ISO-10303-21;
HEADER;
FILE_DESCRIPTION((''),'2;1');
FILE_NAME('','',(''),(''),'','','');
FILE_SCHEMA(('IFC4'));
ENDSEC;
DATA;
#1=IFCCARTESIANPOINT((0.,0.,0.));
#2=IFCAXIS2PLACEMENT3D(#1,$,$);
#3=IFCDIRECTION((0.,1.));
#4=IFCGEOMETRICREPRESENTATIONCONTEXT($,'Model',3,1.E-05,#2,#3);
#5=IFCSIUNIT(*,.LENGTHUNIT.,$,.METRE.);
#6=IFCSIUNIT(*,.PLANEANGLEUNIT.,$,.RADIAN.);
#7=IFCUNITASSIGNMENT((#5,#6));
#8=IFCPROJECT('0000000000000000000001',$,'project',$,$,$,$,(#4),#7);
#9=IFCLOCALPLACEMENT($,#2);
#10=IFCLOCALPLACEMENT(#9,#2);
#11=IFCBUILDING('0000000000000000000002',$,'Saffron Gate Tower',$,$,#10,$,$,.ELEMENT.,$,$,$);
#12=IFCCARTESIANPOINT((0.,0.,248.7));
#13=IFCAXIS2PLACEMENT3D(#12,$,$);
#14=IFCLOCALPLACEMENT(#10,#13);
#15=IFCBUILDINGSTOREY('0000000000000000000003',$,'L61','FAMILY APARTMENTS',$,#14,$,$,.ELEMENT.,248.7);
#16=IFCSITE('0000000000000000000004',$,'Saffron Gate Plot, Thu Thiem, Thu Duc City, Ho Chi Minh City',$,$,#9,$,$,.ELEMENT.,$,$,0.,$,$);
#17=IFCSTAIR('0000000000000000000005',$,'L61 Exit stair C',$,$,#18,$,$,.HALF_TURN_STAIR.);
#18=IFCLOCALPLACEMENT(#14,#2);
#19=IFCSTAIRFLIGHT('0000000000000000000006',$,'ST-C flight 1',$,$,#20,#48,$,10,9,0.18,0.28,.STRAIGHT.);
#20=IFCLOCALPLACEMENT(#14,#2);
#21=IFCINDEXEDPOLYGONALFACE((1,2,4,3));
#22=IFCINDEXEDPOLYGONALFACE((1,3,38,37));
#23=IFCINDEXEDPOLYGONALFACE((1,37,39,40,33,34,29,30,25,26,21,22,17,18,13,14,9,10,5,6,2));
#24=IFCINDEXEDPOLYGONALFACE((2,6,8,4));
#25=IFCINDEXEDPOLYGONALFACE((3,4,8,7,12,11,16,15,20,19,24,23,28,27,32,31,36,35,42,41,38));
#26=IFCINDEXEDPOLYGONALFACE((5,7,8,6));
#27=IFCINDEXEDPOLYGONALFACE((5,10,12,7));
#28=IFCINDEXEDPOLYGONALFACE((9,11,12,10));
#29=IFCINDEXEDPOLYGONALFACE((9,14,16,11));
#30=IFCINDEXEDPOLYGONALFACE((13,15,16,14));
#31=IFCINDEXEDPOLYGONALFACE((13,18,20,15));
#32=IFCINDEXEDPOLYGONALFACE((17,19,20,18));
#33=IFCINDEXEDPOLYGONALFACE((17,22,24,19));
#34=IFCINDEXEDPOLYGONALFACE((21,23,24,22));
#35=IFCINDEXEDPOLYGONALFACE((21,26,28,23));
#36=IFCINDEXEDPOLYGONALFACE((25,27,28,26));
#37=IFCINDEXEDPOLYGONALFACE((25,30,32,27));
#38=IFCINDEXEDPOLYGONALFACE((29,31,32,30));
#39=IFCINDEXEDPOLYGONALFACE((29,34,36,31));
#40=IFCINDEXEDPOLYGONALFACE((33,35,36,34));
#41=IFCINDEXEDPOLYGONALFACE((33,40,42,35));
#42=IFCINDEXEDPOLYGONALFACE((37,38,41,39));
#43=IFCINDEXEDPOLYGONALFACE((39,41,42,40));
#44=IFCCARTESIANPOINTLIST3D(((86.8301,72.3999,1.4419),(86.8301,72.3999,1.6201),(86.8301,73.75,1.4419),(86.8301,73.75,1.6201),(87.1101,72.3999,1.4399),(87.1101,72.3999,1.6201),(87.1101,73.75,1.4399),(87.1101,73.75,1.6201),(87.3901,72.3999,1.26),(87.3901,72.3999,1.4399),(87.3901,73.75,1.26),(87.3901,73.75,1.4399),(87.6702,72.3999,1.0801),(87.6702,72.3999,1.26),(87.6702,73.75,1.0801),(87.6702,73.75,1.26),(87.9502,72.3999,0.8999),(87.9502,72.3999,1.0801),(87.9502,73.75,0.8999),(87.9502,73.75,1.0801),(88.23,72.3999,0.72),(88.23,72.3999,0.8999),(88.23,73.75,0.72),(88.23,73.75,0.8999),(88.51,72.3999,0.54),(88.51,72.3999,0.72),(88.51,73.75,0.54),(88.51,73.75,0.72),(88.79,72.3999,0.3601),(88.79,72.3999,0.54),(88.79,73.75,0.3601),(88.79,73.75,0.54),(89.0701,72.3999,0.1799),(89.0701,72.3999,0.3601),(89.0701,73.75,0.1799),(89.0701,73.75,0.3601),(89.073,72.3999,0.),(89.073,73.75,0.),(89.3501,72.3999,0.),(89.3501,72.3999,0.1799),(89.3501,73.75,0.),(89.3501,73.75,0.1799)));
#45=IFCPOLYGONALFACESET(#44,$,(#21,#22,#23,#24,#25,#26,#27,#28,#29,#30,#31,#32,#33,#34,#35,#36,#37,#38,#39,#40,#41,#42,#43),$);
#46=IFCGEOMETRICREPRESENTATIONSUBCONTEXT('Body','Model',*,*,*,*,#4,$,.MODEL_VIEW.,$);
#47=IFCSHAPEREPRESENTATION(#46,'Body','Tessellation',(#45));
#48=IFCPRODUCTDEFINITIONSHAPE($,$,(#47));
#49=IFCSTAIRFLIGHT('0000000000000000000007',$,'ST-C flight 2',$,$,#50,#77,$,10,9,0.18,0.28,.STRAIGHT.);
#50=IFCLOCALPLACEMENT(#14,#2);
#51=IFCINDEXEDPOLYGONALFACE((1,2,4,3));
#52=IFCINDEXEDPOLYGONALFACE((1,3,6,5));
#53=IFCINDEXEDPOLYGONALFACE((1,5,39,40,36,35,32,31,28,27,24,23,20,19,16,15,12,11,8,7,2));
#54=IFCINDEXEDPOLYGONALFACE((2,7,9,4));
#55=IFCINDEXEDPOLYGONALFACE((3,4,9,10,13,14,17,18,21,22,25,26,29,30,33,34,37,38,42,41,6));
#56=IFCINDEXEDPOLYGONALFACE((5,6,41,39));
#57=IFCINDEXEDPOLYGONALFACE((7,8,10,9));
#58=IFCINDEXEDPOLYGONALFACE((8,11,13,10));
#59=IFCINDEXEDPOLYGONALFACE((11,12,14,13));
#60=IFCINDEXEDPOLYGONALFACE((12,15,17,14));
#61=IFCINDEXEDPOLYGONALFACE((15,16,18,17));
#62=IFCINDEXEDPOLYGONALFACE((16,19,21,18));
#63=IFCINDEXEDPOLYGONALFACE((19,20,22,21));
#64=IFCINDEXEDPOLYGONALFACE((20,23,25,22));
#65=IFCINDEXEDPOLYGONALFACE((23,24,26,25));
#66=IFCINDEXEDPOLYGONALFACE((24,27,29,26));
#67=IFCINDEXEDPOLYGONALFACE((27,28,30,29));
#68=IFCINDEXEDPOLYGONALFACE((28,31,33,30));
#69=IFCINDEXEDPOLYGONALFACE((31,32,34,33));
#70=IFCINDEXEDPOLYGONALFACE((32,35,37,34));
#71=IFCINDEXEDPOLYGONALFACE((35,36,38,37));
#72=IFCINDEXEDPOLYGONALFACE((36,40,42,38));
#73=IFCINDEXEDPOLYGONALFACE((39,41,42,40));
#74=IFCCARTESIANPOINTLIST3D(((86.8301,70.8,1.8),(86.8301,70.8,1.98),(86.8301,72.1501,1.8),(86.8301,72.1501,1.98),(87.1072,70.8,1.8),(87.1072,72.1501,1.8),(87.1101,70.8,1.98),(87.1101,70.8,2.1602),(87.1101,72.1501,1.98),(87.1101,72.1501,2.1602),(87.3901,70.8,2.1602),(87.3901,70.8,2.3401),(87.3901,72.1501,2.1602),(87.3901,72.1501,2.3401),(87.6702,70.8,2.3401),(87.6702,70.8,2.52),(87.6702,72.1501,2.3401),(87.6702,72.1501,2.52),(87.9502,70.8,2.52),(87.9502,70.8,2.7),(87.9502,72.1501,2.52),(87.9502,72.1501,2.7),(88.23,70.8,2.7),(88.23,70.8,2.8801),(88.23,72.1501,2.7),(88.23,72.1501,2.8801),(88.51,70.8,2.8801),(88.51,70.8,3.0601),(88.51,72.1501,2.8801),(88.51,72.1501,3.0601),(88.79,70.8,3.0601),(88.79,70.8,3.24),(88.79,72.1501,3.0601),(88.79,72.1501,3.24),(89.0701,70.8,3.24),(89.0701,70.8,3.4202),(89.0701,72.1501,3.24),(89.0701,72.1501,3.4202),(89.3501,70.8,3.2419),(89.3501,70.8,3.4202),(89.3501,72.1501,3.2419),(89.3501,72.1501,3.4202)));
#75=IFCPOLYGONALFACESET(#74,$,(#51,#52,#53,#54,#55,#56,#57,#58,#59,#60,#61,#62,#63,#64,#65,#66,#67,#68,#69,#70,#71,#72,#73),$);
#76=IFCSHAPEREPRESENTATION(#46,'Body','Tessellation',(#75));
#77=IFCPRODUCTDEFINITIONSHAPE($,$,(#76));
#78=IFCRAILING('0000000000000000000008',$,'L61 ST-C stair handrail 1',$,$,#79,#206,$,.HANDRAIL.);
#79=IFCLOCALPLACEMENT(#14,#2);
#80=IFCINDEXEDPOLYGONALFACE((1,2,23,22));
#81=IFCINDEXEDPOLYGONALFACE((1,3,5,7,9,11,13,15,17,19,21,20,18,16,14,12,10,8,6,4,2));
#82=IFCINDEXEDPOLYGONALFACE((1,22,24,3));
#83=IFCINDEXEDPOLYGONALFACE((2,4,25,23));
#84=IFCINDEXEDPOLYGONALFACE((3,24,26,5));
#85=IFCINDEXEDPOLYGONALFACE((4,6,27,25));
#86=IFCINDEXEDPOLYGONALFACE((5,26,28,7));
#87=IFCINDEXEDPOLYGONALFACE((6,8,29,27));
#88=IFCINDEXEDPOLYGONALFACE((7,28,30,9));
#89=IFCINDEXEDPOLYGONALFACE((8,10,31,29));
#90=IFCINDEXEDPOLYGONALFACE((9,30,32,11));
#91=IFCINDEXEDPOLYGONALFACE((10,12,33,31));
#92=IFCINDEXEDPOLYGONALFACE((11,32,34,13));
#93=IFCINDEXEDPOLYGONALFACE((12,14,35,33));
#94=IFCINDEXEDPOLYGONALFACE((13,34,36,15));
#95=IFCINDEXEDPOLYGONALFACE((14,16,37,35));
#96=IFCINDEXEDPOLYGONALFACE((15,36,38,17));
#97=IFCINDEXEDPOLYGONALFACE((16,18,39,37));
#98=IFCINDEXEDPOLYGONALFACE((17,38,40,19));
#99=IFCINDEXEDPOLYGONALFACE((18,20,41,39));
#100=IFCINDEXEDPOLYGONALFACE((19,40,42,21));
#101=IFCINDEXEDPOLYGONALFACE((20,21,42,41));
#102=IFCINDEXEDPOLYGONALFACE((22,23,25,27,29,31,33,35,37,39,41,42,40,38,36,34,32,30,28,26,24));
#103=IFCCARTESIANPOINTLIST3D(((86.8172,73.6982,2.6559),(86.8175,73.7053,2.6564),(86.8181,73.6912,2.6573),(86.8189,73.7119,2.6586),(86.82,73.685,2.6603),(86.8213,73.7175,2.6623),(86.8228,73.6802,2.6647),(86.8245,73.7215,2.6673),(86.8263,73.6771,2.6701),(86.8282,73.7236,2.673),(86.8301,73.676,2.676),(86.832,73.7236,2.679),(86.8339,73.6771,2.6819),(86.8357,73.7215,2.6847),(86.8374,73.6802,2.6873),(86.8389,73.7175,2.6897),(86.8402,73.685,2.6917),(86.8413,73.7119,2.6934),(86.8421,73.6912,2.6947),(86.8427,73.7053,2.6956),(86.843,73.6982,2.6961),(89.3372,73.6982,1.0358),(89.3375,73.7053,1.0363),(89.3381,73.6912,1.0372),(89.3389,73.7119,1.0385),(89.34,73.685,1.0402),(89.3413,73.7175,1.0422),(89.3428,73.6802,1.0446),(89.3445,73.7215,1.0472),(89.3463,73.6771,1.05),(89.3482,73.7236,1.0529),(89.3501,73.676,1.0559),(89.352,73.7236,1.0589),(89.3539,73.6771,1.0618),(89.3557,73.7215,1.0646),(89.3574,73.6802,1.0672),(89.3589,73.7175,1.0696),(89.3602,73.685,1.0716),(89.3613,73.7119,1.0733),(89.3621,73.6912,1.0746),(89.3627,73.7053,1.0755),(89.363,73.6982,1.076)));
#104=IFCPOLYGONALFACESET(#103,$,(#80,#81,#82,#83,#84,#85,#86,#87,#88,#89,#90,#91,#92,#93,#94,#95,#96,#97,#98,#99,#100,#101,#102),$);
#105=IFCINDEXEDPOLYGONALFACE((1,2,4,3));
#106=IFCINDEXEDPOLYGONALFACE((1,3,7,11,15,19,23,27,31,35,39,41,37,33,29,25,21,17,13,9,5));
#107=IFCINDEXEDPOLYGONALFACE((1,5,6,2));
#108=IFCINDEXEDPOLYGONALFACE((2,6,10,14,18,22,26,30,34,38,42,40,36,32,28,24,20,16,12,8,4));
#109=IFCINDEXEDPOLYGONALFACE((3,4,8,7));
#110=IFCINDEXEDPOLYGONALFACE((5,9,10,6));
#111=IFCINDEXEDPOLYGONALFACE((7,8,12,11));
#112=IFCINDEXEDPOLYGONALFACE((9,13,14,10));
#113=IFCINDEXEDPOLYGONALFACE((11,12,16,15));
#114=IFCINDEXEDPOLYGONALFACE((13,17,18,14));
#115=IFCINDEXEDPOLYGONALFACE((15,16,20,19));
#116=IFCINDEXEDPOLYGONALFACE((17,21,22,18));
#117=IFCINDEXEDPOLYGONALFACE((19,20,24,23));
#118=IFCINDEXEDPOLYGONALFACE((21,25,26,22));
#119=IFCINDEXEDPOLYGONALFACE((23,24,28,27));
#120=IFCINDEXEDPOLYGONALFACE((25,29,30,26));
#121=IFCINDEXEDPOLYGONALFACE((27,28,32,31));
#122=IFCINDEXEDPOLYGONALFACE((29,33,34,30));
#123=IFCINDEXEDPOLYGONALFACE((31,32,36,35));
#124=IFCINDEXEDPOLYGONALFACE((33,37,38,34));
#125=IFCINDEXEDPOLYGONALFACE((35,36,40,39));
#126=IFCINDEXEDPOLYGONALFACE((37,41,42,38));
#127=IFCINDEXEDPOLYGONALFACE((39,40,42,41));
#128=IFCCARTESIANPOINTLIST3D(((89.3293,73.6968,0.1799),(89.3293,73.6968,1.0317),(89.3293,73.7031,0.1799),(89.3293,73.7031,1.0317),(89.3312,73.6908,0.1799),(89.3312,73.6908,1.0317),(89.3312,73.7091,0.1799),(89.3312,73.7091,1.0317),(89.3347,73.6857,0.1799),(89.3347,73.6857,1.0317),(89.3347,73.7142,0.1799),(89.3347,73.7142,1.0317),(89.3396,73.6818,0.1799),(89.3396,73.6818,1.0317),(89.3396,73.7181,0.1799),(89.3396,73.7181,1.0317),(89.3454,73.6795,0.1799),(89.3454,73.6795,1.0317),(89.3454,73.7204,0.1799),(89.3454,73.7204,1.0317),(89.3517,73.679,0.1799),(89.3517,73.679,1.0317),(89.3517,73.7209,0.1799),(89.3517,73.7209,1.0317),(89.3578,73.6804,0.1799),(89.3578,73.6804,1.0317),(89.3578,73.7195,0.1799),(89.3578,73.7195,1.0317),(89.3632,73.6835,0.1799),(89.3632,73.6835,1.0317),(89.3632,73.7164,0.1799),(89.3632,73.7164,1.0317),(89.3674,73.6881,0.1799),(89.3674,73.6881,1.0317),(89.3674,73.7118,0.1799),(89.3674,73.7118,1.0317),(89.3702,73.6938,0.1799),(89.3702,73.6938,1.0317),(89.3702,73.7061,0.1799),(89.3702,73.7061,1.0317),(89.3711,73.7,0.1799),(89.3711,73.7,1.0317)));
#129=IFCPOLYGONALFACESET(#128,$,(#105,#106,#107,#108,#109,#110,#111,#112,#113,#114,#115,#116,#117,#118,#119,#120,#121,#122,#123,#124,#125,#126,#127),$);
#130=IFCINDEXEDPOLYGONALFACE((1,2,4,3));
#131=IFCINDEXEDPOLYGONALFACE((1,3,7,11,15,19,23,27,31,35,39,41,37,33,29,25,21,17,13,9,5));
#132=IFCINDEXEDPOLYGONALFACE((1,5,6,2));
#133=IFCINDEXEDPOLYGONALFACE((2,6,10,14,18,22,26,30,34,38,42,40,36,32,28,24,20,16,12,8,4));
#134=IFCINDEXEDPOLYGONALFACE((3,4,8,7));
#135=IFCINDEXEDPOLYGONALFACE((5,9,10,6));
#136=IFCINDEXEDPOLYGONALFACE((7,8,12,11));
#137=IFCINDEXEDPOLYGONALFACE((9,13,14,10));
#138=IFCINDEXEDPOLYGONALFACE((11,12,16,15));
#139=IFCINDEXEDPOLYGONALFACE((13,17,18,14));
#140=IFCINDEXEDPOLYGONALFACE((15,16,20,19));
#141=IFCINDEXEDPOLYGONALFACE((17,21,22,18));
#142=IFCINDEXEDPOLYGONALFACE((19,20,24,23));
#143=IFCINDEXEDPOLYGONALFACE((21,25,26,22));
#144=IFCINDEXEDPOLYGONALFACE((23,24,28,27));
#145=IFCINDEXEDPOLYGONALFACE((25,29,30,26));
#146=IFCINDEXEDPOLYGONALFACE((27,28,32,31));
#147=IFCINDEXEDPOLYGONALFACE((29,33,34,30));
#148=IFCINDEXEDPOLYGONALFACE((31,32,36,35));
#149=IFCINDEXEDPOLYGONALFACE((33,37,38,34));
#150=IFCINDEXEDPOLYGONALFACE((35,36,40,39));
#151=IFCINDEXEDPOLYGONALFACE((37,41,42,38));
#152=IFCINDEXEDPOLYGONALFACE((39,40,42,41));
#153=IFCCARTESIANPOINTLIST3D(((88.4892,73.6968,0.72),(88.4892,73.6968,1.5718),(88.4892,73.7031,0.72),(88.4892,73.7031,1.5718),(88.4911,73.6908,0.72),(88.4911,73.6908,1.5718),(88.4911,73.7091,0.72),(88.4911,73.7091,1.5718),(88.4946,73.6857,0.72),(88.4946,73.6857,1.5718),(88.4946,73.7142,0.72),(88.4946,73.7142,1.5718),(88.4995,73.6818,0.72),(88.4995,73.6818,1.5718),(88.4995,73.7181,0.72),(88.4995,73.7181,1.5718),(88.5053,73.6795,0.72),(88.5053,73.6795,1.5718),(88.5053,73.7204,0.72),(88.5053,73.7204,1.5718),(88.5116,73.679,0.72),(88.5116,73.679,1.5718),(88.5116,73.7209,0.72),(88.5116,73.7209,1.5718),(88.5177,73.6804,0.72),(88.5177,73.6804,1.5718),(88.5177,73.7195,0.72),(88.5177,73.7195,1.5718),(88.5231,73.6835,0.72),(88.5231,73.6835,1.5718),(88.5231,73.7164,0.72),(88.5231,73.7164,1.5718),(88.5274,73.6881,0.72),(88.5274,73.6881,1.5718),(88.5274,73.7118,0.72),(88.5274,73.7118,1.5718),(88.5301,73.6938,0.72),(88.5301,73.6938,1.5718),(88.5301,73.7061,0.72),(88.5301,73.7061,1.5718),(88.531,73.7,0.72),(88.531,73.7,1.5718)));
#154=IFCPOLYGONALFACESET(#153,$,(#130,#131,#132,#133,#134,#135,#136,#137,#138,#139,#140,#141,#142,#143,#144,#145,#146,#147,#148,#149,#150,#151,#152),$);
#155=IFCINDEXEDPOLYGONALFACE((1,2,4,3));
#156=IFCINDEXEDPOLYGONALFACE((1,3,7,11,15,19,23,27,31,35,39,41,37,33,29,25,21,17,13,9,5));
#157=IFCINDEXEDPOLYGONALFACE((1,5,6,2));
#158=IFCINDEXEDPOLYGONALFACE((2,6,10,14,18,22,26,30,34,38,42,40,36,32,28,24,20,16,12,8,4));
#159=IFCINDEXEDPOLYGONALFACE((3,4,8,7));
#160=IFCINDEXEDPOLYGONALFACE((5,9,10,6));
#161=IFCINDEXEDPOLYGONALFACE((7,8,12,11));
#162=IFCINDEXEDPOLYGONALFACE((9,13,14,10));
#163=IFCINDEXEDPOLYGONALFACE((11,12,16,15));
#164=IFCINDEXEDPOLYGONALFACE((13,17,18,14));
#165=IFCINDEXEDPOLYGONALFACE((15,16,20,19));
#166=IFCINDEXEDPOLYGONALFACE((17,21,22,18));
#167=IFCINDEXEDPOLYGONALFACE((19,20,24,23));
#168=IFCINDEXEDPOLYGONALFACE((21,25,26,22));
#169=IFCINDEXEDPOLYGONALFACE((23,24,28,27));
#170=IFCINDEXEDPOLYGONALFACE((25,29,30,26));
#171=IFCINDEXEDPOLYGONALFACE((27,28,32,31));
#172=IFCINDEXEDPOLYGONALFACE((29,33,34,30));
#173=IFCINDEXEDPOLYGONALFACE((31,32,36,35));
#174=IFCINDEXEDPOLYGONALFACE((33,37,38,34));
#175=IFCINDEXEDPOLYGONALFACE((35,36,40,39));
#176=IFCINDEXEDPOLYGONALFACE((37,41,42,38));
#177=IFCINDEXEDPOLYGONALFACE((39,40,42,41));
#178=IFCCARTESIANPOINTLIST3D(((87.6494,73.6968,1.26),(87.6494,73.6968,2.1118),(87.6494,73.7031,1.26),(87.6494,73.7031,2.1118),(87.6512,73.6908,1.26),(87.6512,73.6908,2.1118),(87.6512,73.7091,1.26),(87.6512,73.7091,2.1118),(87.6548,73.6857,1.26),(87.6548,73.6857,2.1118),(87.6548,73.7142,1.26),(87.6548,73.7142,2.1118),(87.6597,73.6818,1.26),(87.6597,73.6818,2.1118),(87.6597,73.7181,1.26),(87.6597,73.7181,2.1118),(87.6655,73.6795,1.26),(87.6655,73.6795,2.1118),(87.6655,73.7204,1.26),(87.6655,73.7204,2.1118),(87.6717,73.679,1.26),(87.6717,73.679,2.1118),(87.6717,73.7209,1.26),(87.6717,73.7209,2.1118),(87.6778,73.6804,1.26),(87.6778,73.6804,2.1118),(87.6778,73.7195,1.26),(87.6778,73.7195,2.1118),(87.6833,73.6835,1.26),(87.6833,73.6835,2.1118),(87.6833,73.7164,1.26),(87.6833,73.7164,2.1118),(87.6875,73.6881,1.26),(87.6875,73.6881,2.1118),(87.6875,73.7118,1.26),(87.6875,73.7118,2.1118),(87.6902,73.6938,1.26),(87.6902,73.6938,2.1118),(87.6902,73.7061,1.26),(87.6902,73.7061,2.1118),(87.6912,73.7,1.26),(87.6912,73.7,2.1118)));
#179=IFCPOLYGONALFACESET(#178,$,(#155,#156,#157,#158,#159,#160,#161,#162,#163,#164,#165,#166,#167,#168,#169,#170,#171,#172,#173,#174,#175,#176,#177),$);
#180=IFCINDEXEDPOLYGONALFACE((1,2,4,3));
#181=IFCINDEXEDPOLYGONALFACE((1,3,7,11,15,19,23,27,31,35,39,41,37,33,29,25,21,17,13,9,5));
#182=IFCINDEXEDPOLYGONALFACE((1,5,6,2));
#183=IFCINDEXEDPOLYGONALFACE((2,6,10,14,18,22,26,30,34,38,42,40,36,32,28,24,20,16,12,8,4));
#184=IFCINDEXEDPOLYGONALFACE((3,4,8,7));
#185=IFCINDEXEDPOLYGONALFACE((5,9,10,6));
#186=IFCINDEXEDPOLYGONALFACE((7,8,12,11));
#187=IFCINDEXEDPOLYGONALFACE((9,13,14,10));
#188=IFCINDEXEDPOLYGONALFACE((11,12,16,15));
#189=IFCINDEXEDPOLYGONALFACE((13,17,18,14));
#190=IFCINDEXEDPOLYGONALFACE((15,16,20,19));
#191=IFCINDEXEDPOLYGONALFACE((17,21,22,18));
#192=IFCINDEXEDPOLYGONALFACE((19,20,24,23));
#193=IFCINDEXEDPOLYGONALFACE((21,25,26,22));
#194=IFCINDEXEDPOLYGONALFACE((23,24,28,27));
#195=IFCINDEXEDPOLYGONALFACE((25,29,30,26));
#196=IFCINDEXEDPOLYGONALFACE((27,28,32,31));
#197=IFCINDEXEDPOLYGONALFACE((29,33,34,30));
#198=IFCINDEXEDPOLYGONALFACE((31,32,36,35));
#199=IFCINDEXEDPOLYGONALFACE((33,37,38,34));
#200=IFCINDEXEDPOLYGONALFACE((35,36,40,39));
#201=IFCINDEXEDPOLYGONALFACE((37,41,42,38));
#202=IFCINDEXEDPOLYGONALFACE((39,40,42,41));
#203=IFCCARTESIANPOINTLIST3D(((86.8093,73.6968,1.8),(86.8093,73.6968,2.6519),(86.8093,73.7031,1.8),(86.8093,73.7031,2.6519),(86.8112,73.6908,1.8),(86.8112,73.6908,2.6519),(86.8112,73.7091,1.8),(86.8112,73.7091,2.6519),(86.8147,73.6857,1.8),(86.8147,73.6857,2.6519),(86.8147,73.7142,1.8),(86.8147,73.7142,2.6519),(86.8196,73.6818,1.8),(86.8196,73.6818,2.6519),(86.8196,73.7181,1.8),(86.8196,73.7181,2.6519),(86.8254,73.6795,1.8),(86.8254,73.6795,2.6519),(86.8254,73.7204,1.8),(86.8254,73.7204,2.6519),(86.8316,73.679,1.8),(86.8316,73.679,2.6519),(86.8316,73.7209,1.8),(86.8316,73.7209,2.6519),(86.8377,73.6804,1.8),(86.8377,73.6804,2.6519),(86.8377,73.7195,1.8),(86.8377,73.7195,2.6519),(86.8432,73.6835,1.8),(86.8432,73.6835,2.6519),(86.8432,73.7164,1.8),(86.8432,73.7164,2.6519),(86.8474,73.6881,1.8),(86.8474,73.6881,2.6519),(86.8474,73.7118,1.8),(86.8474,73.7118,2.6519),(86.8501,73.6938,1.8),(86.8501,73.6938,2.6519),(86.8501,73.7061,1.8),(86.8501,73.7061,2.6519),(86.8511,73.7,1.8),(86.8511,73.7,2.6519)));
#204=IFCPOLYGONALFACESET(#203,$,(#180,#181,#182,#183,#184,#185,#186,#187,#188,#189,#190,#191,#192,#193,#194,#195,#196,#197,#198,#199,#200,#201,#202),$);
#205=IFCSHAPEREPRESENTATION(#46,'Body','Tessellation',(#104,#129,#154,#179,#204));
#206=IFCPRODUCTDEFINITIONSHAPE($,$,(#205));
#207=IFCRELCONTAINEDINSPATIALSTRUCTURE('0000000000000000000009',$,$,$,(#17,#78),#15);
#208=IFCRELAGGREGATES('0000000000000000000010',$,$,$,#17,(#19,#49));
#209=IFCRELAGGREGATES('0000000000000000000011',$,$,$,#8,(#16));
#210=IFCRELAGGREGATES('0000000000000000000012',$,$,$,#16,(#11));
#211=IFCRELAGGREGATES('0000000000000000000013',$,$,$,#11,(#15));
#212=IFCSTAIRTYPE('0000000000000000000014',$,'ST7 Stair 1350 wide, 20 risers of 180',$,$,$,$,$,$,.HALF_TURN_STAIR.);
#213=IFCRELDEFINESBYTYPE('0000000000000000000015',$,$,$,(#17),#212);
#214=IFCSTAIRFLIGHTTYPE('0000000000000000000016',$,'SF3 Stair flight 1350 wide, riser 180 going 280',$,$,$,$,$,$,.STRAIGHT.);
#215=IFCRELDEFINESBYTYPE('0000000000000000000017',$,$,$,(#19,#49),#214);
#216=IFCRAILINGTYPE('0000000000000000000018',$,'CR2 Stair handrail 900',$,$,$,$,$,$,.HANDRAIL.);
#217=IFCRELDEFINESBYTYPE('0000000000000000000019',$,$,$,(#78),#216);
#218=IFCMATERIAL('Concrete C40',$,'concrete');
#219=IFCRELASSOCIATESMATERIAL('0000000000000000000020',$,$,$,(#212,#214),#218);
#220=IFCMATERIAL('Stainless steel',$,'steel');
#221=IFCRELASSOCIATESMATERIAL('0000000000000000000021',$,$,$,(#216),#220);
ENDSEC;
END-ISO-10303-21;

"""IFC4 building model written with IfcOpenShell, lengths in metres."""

from ifc_helpers import new_model, si_unit, direction, frame, origin, origin_2d, place, context, subcontext, project, spatial, polyline, circle, outline, extrude, material, type_object, element, aggregate, save


model = new_model("IFC4")

# Units and contexts
model_context = context("Model", 3, precision=1e-05, world=origin(), true_north=direction((0.0, 1.0)))
body_context = subcontext(model_context, "Body", "Model", "MODEL_VIEW")
ifc_project = project(units=[si_unit("LENGTHUNIT", "METRE"), si_unit("PLANEANGLEUNIT", "RADIAN")], contexts=[model_context])

# Site, building, storey
site_placement = place(None, origin())
site = spatial("IfcSite", under=ifc_project, at=site_placement, Name="Saffron Gate Plot, Thu Thiem, Thu Duc City, Ho Chi Minh City", CompositionType="ELEMENT", RefElevation=0.0)
building_placement = place(site_placement, origin())
building = spatial("IfcBuilding", under=site, at=building_placement, Name="Saffron Gate Tower", CompositionType="ELEMENT")
storey_placement = place(building_placement, frame((0.0, 0.0, 248.7)))
storey = spatial("IfcBuildingStorey", under=building, at=storey_placement, Name="L61", Description="FAMILY APARTMENTS", CompositionType="ELEMENT", Elevation=248.7)

# Stair, stair flights
ifc_material_1 = material(Name="Concrete C40", Category="concrete")
stair_type = type_object("IfcStairType", Name="ST7 Stair 1350 wide, 20 risers of 180", PredefinedType="HALF_TURN_STAIR", material=ifc_material_1)
stair_placement = place(storey_placement, origin())
stair = element("IfcStair", 1, at=stair_placement, inside=storey, type_object=stair_type, Name="L61 Exit stair C", PredefinedType="HALF_TURN_STAIR")
stair_flight_type = type_object("IfcStairFlightType", Name="SF3 Stair flight 1350 wide, riser 180 going 280", PredefinedType="STRAIGHT", material=ifc_material_1)
stair_flight_1_placement = place(storey_placement, frame((89.3501, 73.075, 0.0), z_axis=(0.0, 0.0, 1.0), x_axis=(-1.0, 0.0, 0.0)))
stair_flight_1 = element("IfcStairFlight", 2, at=stair_flight_1_placement, type_object=stair_flight_type, Name="ST-C flight 1", NumberOfRisers=10, NumberOfTreads=9, PredefinedType="STRAIGHT", RiserHeight=0.18, TreadLength=0.28, context=body_context, shape_type="SweptSolid", body=[
    extrude(outline(polyline([(0.0, 0.0), (0.0, 0.1799), (0.28, 0.1799), (0.28, 0.3601), (0.5601, 0.3601), (0.5601, 0.54), (0.8401, 0.54), (0.8401, 0.72), (1.1201, 0.72), (1.1201, 0.8999), (1.3999, 0.8999), (1.3999, 1.0801), (1.6799, 1.0801), (1.6799, 1.26), (1.96, 1.26), (1.96, 1.4399), (2.24, 1.4399), (2.24, 1.6201), (2.52, 1.6201), (2.52, 1.8), (2.52, 1.4419), (0.2771, 0.0), (0.0, 0.0)])), frame((0.0, 0.675, 0.0), z_axis=(0.0, -1.0, 0.0), x_axis=(1.0, 0.0, 0.0)), (0.0, 0.0, 1.0), 1.3501),
])
stair_flight_2_placement = place(storey_placement, frame((86.8301, 71.4751, 1.8), z_axis=(0.0, 0.0, 1.0), x_axis=(1.0, 0.0, 0.0)))
stair_flight_2 = element("IfcStairFlight", 3, at=stair_flight_2_placement, type_object=stair_flight_type, Name="ST-C flight 2", NumberOfRisers=10, NumberOfTreads=9, PredefinedType="STRAIGHT", RiserHeight=0.18, TreadLength=0.28, context=body_context, shape_type="SweptSolid", body=[
    extrude(outline(polyline([(0.0, 0.0), (0.0, 0.1799), (0.28, 0.1799), (0.28, 0.3601), (0.5601, 0.3601), (0.5601, 0.54), (0.8401, 0.54), (0.8401, 0.72), (1.1201, 0.72), (1.1201, 0.8999), (1.3999, 0.8999), (1.3999, 1.0801), (1.6799, 1.0801), (1.6799, 1.26), (1.96, 1.26), (1.96, 1.4399), (2.24, 1.4399), (2.24, 1.6201), (2.52, 1.6201), (2.52, 1.8), (2.52, 1.4419), (0.2771, 0.0), (0.0, 0.0)])), frame((0.0, 0.675, 0.0), z_axis=(0.0, -1.0, 0.0), x_axis=(1.0, 0.0, 0.0)), (0.0, 0.0, 1.0), 1.3501),
])
aggregate(stair, [stair_flight_1, stair_flight_2])

# Railing
ifc_material_2 = material(Name="Stainless steel", Category="steel")
railing_type_1 = type_object("IfcRailingType", Name="CR2 Stair handrail 900", PredefinedType="HANDRAIL", material=ifc_material_2)
railing_1_placement = place(storey_placement, frame((89.3501, 73.7, 0.1799)))
element("IfcRailing", 4, at=railing_1_placement, inside=storey, type_object=railing_type_1, Name="L61 ST-C stair handrail 1", PredefinedType="HANDRAIL", context=body_context, shape_type="SweptSolid", body=[
    extrude(circle(Radius=0.0239, at=origin_2d()), frame((0.0, 0.0, 0.876), z_axis=(-0.841163, 0.0, 0.540782), x_axis=(0.0, -1.0, 0.0)), (0.0, 0.0, 1.0), 2.9958),
    extrude(circle(Radius=0.021, at=origin_2d()), origin(), (0.0, 0.0, 1.0), 0.8518),
    extrude(circle(Radius=0.021, at=origin_2d()), frame((-0.8401, 0.0, 0.54)), (0.0, 0.0, 1.0), 0.8518),
    extrude(circle(Radius=0.021, at=origin_2d()), frame((-1.6799, 0.0, 1.0801)), (0.0, 0.0, 1.0), 0.8518),
    extrude(circle(Radius=0.021, at=origin_2d()), frame((-2.52, 0.0, 1.6201)), (0.0, 0.0, 1.0), 0.8518),
])

save(model, "model.ifc")
